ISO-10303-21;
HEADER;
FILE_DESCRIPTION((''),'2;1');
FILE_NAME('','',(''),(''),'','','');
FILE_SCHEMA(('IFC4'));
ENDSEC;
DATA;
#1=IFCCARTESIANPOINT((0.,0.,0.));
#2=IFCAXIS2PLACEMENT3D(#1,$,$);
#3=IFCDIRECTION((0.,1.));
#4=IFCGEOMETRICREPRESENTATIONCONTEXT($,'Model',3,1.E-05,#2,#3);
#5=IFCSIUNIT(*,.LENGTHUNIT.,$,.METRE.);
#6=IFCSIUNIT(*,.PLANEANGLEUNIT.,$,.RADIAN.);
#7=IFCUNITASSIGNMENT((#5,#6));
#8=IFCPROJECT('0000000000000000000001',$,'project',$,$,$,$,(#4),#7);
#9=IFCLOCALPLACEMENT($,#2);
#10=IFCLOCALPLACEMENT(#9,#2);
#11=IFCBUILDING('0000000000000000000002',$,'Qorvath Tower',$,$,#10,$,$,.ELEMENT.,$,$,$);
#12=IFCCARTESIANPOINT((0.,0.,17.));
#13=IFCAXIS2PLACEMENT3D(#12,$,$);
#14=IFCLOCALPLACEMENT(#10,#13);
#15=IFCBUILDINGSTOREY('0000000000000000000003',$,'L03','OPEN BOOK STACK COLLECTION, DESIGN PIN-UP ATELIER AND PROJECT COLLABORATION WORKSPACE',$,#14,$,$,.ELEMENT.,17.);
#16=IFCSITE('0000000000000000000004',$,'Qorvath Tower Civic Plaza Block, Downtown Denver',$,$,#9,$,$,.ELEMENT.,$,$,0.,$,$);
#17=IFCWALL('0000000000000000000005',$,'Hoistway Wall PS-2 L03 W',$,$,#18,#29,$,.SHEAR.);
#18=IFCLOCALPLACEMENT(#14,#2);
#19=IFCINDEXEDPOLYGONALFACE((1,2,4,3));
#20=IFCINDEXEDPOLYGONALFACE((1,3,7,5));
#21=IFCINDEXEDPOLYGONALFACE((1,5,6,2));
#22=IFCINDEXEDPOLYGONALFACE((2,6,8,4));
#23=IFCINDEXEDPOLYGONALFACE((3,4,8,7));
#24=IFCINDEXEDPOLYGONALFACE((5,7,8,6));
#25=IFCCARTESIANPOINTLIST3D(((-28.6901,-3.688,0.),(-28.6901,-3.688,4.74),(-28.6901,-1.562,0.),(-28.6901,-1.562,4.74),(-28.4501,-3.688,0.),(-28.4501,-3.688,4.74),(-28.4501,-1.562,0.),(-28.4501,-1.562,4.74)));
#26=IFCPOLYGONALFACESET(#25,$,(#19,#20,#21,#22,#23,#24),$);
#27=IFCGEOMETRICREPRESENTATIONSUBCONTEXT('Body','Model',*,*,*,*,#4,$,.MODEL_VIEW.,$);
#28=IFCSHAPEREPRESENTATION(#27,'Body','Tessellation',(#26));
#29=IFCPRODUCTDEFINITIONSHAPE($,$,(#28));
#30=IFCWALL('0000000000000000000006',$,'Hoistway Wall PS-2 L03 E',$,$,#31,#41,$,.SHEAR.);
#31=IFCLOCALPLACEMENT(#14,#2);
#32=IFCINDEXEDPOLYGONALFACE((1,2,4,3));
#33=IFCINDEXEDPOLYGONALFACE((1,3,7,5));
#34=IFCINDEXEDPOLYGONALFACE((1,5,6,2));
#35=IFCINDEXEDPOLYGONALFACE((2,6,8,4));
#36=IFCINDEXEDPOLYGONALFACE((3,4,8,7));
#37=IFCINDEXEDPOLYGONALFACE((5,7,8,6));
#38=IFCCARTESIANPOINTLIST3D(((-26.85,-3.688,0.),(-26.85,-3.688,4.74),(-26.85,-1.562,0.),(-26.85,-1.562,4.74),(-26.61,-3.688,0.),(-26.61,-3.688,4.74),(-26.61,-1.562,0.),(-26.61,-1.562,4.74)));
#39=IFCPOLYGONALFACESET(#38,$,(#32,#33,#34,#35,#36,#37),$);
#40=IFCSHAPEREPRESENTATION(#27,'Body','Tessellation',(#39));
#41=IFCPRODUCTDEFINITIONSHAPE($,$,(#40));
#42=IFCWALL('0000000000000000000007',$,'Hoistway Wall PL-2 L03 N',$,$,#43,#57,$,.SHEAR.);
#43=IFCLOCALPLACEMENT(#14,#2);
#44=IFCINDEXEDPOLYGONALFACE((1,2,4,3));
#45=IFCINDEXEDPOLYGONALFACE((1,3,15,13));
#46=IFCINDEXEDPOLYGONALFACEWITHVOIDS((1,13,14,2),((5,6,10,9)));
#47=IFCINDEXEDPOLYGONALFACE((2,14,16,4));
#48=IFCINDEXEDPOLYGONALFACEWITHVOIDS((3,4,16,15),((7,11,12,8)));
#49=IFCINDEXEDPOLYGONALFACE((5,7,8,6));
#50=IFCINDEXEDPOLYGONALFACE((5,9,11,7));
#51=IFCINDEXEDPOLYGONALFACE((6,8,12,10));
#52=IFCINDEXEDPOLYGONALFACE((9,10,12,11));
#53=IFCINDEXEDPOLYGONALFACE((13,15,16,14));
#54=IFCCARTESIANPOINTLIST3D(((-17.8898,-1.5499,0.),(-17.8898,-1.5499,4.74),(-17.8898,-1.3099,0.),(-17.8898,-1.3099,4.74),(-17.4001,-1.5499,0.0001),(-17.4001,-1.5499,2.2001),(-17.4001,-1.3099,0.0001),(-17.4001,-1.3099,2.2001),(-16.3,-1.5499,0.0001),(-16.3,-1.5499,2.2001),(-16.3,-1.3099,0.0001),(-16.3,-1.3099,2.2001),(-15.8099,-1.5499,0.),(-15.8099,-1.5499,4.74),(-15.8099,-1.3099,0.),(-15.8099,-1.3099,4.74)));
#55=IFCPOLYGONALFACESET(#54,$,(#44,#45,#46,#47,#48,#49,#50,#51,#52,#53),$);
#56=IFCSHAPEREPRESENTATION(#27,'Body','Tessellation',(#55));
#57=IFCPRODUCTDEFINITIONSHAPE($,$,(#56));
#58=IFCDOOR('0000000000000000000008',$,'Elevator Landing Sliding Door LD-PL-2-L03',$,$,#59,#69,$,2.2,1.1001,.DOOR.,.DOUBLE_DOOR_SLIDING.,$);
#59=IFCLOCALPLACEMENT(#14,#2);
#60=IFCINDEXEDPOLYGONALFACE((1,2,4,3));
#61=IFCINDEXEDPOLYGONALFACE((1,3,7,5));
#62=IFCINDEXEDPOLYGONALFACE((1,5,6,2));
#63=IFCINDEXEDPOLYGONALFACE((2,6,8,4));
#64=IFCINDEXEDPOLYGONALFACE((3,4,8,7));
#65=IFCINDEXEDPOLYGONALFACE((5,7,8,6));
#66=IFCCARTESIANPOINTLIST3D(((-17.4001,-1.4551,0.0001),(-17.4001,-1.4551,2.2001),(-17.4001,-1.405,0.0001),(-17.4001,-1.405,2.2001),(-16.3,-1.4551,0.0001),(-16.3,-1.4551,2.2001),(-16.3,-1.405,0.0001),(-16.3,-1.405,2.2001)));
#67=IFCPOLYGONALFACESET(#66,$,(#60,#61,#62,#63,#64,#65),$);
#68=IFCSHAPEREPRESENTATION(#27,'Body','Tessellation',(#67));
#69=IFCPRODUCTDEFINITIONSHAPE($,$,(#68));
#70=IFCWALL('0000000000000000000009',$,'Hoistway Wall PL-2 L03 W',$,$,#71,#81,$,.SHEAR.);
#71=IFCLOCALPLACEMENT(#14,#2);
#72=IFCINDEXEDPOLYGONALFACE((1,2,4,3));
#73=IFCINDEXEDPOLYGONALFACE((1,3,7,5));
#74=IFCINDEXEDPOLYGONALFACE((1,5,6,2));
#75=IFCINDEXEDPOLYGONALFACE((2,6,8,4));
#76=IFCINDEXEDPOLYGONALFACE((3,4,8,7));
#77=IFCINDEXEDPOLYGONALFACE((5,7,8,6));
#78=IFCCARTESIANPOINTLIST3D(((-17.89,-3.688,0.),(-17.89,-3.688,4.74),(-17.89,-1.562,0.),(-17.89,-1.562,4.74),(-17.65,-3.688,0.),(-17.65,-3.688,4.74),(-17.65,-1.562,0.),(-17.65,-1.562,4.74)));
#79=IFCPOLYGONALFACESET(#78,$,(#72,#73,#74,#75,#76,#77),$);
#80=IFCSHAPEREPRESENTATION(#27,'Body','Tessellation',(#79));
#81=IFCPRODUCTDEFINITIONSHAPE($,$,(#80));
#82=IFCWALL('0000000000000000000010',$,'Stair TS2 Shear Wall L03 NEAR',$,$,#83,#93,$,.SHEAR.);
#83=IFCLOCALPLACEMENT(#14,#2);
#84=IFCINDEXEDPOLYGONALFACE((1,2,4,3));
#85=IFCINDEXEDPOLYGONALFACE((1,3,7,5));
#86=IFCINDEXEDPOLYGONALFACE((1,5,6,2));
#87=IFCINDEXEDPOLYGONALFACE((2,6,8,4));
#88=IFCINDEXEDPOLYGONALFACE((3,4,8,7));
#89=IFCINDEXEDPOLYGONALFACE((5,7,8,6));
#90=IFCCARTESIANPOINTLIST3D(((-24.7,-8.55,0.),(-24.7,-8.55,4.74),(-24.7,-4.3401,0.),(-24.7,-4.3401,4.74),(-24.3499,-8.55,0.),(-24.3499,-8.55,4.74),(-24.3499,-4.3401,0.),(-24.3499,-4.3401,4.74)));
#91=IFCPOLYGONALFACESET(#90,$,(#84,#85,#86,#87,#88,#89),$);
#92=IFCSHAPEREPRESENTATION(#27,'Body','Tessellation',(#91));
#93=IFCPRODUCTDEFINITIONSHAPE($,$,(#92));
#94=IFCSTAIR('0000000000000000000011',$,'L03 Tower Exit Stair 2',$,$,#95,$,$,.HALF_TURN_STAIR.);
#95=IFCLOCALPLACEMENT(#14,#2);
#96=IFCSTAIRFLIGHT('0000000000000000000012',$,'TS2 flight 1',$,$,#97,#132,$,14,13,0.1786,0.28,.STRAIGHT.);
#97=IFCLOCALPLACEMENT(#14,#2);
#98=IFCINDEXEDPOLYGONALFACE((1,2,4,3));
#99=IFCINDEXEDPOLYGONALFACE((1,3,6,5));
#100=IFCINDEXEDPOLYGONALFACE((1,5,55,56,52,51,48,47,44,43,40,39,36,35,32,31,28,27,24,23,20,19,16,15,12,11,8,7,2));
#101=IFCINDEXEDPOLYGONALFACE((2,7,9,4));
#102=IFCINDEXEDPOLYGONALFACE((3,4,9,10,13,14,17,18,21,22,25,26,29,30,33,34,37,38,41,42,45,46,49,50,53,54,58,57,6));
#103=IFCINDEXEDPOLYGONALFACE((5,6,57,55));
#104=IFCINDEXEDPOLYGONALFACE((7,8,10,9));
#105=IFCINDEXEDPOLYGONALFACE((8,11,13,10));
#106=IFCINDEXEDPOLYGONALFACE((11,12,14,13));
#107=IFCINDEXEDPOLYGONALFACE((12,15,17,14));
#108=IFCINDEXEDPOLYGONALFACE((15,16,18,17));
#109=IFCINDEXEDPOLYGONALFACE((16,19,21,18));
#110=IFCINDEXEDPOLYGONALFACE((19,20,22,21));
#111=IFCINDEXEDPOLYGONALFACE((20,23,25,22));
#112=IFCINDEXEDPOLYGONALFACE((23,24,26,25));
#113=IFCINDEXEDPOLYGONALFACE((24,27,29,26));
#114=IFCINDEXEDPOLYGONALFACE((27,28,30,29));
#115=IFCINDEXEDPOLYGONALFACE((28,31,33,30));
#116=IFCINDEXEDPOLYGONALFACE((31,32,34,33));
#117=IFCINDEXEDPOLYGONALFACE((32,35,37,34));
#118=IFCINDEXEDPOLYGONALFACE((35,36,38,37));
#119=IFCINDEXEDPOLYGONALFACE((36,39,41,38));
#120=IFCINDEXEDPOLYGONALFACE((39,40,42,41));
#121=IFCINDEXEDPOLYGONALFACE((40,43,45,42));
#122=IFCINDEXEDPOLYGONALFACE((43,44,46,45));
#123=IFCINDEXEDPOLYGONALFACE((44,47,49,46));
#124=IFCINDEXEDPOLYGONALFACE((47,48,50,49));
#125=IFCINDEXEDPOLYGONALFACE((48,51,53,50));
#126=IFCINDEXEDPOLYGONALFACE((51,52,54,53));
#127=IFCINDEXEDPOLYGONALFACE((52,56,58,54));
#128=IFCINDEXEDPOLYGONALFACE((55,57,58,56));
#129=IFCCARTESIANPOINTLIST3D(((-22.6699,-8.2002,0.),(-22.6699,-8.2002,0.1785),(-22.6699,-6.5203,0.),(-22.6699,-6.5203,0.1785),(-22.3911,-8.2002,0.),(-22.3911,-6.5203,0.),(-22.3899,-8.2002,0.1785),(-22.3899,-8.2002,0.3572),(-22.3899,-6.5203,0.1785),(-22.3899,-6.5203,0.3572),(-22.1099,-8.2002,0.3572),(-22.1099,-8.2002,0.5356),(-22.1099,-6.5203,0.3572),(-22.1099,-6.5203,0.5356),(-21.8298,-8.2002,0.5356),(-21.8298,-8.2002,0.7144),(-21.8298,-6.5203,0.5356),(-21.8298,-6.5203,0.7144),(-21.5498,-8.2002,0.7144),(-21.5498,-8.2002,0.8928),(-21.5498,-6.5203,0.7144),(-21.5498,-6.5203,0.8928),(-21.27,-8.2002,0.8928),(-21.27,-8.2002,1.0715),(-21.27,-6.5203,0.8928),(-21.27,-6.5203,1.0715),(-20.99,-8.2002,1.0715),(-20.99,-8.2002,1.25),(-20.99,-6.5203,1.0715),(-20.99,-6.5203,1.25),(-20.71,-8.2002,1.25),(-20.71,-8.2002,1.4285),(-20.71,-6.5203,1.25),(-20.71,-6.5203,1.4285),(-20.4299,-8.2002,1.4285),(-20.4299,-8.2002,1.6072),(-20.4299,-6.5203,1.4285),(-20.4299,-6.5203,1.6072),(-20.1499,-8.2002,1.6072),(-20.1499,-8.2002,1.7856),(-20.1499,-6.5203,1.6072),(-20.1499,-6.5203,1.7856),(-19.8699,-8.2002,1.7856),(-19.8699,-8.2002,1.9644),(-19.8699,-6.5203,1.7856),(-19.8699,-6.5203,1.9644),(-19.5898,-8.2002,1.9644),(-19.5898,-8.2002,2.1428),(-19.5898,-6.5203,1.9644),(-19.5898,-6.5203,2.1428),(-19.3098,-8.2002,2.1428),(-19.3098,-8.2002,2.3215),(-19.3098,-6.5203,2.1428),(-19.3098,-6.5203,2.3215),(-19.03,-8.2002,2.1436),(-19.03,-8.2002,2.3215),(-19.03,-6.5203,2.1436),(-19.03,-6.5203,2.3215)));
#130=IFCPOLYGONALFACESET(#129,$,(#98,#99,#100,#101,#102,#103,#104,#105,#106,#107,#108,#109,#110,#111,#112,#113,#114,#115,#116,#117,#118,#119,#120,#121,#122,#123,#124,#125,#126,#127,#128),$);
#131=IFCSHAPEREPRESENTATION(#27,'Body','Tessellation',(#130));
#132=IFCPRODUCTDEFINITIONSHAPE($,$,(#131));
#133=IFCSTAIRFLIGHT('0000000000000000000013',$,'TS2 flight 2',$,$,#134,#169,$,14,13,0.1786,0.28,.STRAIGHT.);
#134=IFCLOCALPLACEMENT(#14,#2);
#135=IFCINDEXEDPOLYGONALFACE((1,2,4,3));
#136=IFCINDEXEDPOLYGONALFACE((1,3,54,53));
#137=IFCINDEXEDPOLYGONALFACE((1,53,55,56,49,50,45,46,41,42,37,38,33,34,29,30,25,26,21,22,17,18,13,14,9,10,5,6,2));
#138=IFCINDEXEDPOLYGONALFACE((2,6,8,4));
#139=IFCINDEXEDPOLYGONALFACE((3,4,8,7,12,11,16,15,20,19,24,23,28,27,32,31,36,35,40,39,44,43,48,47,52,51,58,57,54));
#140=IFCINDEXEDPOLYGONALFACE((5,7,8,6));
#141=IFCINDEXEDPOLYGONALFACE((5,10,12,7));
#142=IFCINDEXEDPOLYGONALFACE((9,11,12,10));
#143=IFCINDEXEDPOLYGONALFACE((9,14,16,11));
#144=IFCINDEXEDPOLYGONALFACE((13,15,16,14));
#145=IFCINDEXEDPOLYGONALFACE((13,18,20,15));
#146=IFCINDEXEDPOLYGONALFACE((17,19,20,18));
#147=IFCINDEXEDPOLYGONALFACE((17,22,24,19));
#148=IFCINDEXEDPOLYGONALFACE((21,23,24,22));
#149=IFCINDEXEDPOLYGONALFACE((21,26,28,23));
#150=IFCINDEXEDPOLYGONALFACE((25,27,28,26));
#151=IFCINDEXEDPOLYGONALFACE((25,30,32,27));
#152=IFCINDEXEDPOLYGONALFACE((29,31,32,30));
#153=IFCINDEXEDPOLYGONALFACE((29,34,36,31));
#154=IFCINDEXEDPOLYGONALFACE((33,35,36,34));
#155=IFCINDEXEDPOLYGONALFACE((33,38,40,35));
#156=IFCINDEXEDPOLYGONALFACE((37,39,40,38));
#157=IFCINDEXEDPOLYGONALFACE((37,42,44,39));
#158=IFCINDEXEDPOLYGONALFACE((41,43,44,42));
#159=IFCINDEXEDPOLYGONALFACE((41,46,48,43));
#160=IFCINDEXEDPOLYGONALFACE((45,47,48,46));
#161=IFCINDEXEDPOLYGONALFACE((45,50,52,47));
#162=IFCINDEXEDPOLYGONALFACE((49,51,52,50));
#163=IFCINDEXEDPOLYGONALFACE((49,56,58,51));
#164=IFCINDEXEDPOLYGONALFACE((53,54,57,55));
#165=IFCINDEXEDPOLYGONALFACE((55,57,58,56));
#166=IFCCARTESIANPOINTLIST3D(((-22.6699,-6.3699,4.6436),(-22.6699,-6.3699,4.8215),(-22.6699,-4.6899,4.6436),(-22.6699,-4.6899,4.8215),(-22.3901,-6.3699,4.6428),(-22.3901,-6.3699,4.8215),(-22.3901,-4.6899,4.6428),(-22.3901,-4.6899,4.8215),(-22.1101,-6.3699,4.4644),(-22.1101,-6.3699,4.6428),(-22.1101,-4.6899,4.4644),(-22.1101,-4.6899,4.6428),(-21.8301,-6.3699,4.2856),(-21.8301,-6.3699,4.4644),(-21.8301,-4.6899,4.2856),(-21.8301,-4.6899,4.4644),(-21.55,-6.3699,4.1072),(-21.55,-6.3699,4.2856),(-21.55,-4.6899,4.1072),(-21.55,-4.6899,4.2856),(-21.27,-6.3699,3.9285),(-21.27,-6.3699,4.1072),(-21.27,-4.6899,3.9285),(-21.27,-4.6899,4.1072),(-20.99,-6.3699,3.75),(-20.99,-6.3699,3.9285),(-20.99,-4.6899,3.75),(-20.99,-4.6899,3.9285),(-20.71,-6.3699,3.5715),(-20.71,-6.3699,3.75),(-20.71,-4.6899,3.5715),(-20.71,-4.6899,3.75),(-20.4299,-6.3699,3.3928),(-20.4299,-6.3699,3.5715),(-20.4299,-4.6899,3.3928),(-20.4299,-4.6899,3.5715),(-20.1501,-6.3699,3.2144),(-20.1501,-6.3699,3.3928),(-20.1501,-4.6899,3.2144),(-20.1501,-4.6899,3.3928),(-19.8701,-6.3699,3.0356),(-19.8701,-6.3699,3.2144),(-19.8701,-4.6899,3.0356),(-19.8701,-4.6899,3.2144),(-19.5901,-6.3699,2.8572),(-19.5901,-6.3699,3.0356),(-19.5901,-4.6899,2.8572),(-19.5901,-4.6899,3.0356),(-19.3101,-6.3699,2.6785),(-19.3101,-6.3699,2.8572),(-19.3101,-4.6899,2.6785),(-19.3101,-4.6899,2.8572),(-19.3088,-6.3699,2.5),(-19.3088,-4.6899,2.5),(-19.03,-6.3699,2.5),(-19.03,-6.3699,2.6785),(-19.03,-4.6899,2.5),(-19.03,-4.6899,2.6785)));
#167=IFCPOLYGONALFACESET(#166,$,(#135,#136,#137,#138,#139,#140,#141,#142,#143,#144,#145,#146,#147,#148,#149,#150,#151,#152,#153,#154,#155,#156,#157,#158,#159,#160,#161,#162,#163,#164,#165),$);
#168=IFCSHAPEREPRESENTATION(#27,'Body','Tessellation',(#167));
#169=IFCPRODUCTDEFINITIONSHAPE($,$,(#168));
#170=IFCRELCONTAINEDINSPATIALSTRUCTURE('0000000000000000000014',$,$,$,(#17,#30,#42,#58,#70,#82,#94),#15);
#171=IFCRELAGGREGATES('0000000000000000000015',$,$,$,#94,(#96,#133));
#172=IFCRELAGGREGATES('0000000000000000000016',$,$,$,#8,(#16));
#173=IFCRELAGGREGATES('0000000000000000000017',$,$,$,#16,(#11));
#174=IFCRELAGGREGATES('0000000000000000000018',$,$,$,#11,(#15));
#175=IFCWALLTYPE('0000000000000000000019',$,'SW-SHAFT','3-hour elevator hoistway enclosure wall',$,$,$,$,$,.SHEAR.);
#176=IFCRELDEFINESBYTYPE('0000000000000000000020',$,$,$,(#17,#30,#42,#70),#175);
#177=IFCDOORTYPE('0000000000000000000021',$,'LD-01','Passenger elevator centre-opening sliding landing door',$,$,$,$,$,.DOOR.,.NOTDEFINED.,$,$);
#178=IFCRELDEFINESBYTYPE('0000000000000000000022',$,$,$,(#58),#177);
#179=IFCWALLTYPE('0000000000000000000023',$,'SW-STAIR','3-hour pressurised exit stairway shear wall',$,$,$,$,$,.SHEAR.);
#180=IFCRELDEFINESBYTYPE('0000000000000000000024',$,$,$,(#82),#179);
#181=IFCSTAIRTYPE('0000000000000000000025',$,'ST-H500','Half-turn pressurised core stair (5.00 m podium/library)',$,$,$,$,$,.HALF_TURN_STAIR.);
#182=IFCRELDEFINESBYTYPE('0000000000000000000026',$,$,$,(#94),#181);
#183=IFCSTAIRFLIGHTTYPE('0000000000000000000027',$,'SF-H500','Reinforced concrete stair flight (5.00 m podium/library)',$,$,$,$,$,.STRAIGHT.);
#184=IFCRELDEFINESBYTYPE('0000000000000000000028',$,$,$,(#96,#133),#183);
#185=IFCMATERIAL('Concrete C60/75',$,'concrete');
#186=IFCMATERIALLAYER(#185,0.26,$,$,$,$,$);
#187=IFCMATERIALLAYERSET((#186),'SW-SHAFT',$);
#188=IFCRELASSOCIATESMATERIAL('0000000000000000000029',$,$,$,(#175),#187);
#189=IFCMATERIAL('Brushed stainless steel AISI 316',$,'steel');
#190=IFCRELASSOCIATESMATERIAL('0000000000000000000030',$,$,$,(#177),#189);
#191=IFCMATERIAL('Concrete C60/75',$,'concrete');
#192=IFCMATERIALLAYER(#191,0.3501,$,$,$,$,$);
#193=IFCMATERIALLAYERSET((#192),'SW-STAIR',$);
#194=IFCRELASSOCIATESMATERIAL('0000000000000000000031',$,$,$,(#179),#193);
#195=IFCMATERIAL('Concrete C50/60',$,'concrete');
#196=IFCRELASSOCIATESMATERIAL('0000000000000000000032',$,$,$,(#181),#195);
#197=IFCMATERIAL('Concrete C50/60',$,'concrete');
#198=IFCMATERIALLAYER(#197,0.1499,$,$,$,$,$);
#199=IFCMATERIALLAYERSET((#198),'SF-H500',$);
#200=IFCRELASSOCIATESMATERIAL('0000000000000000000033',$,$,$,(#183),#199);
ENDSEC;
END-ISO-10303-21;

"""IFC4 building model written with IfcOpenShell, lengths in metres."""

from ifc_helpers import new_model, si_unit, direction, frame, frame_2d, origin, place, context, subcontext, project, spatial, polyline, rectangle, outline, extrude, material, layer, layer_set, type_object, element, fill, aggregate, save


model = new_model("IFC4")

# Units and contexts
model_context = context("Model", 3, precision=1e-05, world=origin(), true_north=direction((0.0, 1.0)))
body_context = subcontext(model_context, "Body", "Model", "MODEL_VIEW")
ifc_project = project(units=[si_unit("LENGTHUNIT", "METRE"), si_unit("PLANEANGLEUNIT", "RADIAN")], contexts=[model_context])

# Site, building, storey
site_placement = place(None, origin())
site = spatial("IfcSite", under=ifc_project, at=site_placement, Name="Qorvath Tower Civic Plaza Block, Downtown Denver", CompositionType="ELEMENT", RefElevation=0.0)
building_placement = place(site_placement, origin())
building = spatial("IfcBuilding", under=site, at=building_placement, Name="Qorvath Tower", CompositionType="ELEMENT")
storey_placement = place(building_placement, frame((0.0, 0.0, 17.0)))
storey = spatial("IfcBuildingStorey", under=building, at=storey_placement, Name="L03", Description="OPEN BOOK STACK COLLECTION, DESIGN PIN-UP ATELIER AND PROJECT COLLABORATION WORKSPACE", CompositionType="ELEMENT", Elevation=17.0)

# Shared definitions
ifc_material_1 = material(Name="Concrete C60/75", Category="concrete")
ifc_layer_1 = layer(ifc_material_1, 0.26)
ifc_layer_set_1 = layer_set([ifc_layer_1], Name="SW-SHAFT")
wall_type_1 = type_object("IfcWallType", Name="SW-SHAFT", Description="3-hour elevator hoistway enclosure wall", PredefinedType="SHEAR", material=ifc_layer_set_1)

# Walls
for number, where, z_axis, x_axis, name in (
    (1, (-28.5701, -3.688, 0.0), (0.0, 0.0, 1.0), (0.0, 1.0, 0.0), "Hoistway Wall PS-2 L03 W"),
    (2, (-26.73, -1.562, 0.0), (0.0, 0.0, 1.0), (0.0, -1.0, 0.0), "Hoistway Wall PS-2 L03 E"),
):
    element("IfcWall", number, at=place(storey_placement, frame(where, z_axis=z_axis, x_axis=x_axis)), inside=storey, type_object=wall_type_1, Name=name, PredefinedType="SHEAR", context=body_context, shape_type="SweptSolid", body=[
        extrude(rectangle(XDim=2.126, YDim=0.24, at=frame_2d((1.063, 0.0))), origin(), (0.0, 0.0, 1.0), 4.74),
    ])

# Wall, opening, door
wall_1_placement = place(storey_placement, frame((-17.8899, -1.4299, 0.0), z_axis=(0.0, 0.0, 1.0), x_axis=(1.0, 0.0, 0.0)))
wall_1 = element("IfcWall", 3, at=wall_1_placement, inside=storey, type_object=wall_type_1, Name="Hoistway Wall PL-2 L03 N", PredefinedType="SHEAR", context=body_context, shape_type="SweptSolid", body=[
    extrude(rectangle(XDim=2.0798, YDim=0.24, at=frame_2d((1.04, 0.0))), origin(), (0.0, 0.0, 1.0), 4.74),
])
opening_1_placement = place(wall_1_placement, frame((0.4897, 0.0, 0.0)))
opening_1 = element("IfcOpeningElement", 4, at=opening_1_placement, cuts=wall_1, PredefinedType="OPENING", context=body_context, shape_type="SweptSolid", body=[
    extrude(rectangle(XDim=1.1001, YDim=2.2, at=frame_2d((0.55, 1.1001))), frame((0.0, 0.1299, 0.0), z_axis=(0.0, -1.0, 0.0), x_axis=(1.0, 0.0, 0.0)), (0.0, 0.0, 1.0), 0.26),
])
ifc_material_2 = material(Name="Brushed stainless steel AISI 316", Category="steel")
door_type_1 = type_object("IfcDoorType", Name="LD-01", Description="Passenger elevator centre-opening sliding landing door", OperationType="NOTDEFINED", PredefinedType="DOOR", material=ifc_material_2)
door_1_placement = place(opening_1_placement, origin())
door_1 = element("IfcDoor", 5, at=door_1_placement, inside=storey, type_object=door_type_1, Name="Elevator Landing Sliding Door LD-PL-2-L03", OperationType="DOUBLE_DOOR_SLIDING", OverallHeight=2.2, OverallWidth=1.1001, PredefinedType="DOOR", context=body_context, shape_type="SweptSolid", body=[
    extrude(rectangle(XDim=1.1001, YDim=2.2, at=frame_2d((0.55, 1.1001))), frame((0.0, 0.0249, 0.0), z_axis=(0.0, -1.0, 0.0), x_axis=(1.0, 0.0, 0.0)), (0.0, 0.0, 1.0), 0.05),
])
fill(opening_1, door_1)

# Walls
wall_2_placement = place(storey_placement, frame((-17.77, -3.688, 0.0), z_axis=(0.0, 0.0, 1.0), x_axis=(0.0, 1.0, 0.0)))
element("IfcWall", 6, at=wall_2_placement, inside=storey, type_object=wall_type_1, Name="Hoistway Wall PL-2 L03 W", PredefinedType="SHEAR", context=body_context, shape_type="SweptSolid", body=[
    extrude(rectangle(XDim=2.126, YDim=0.24, at=frame_2d((1.063, 0.0))), origin(), (0.0, 0.0, 1.0), 4.74),
])
ifc_material_3 = material(Name="Concrete C60/75", Category="concrete")
ifc_layer_2 = layer(ifc_material_3, 0.3501)
ifc_layer_set_2 = layer_set([ifc_layer_2], Name="SW-STAIR")
wall_type_2 = type_object("IfcWallType", Name="SW-STAIR", Description="3-hour pressurised exit stairway shear wall", PredefinedType="SHEAR", material=ifc_layer_set_2)
wall_3_placement = place(storey_placement, frame((-24.5249, -4.3401, 0.0), z_axis=(0.0, 0.0, 1.0), x_axis=(0.0, -1.0, 0.0)))
element("IfcWall", 7, at=wall_3_placement, inside=storey, type_object=wall_type_2, Name="Stair TS2 Shear Wall L03 NEAR", PredefinedType="SHEAR", context=body_context, shape_type="SweptSolid", body=[
    extrude(rectangle(XDim=4.21, YDim=0.3501, at=frame_2d((2.105, 0.0))), origin(), (0.0, 0.0, 1.0), 4.74),
])

# Stair, stair flights
ifc_material_4 = material(Name="Concrete C50/60", Category="concrete")
stair_type = type_object("IfcStairType", Name="ST-H500", Description="Half-turn pressurised core stair (5.00 m podium/library)", PredefinedType="HALF_TURN_STAIR", material=ifc_material_4)
stair_placement = place(storey_placement, origin())
stair = element("IfcStair", 8, at=stair_placement, inside=storey, type_object=stair_type, Name="L03 Tower Exit Stair 2", PredefinedType="HALF_TURN_STAIR")
ifc_material_5 = material(Name="Concrete C50/60", Category="concrete")
ifc_layer_3 = layer(ifc_material_5, 0.1499)
ifc_layer_set_3 = layer_set([ifc_layer_3], Name="SF-H500")
stair_flight_type = type_object("IfcStairFlightType", Name="SF-H500", Description="Reinforced concrete stair flight (5.00 m podium/library)", PredefinedType="STRAIGHT", material=ifc_layer_set_3)
stair_flight_1_placement = place(storey_placement, frame((-22.6699, -7.3601, 0.0), z_axis=(0.0, 0.0, 1.0), x_axis=(1.0, 0.0, 0.0)))
stair_flight_1 = element("IfcStairFlight", 9, at=stair_flight_1_placement, type_object=stair_flight_type, Name="TS2 flight 1", NumberOfRisers=14, NumberOfTreads=13, PredefinedType="STRAIGHT", RiserHeight=0.1786, TreadLength=0.28, context=body_context, shape_type="SweptSolid", body=[
    extrude(outline(polyline([(0.0, 0.0), (0.0, 0.1785), (0.28, 0.1785), (0.28, 0.3572), (0.5601, 0.3572), (0.5601, 0.5356), (0.8401, 0.5356), (0.8401, 0.7144), (1.1201, 0.7144), (1.1201, 0.8928), (1.3999, 0.8928), (1.3999, 1.0715), (1.6799, 1.0715), (1.6799, 1.25), (1.96, 1.25), (1.96, 1.4285), (2.24, 1.4285), (2.24, 1.6072), (2.52, 1.6072), (2.52, 1.7856), (2.8, 1.7856), (2.8, 1.9644), (3.0801, 1.9644), (3.0801, 2.1428), (3.3601, 2.1428), (3.3601, 2.3215), (3.6399, 2.3215), (3.6399, 2.5), (3.6399, 2.1436), (0.2788, 0.0), (0.0, 0.0)])), frame((0.0, 0.8398, 0.0), z_axis=(0.0, -1.0, 0.0), x_axis=(1.0, 0.0, 0.0)), (0.0, 0.0, 1.0), 1.6799),
])
stair_flight_2_placement = place(storey_placement, frame((-19.03, -5.53, 2.5), z_axis=(0.0, 0.0, 1.0), x_axis=(-1.0, 0.0, 0.0)))
stair_flight_2 = element("IfcStairFlight", 10, at=stair_flight_2_placement, type_object=stair_flight_type, Name="TS2 flight 2", NumberOfRisers=14, NumberOfTreads=13, PredefinedType="STRAIGHT", RiserHeight=0.1786, TreadLength=0.28, context=body_context, shape_type="SweptSolid", body=[
    extrude(outline(polyline([(0.0, 0.0), (0.0, 0.1785), (0.28, 0.1785), (0.28, 0.3572), (0.5601, 0.3572), (0.5601, 0.5356), (0.8401, 0.5356), (0.8401, 0.7144), (1.1201, 0.7144), (1.1201, 0.8928), (1.3999, 0.8928), (1.3999, 1.0715), (1.6799, 1.0715), (1.6799, 1.25), (1.96, 1.25), (1.96, 1.4285), (2.24, 1.4285), (2.24, 1.6072), (2.52, 1.6072), (2.52, 1.7856), (2.8, 1.7856), (2.8, 1.9644), (3.0801, 1.9644), (3.0801, 2.1428), (3.3601, 2.1428), (3.3601, 2.3215), (3.6399, 2.3215), (3.6399, 2.5), (3.6399, 2.1436), (0.2788, 0.0), (0.0, 0.0)])), frame((0.0, 0.8398, 0.0), z_axis=(0.0, -1.0, 0.0), x_axis=(1.0, 0.0, 0.0)), (0.0, 0.0, 1.0), 1.6799),
])
aggregate(stair, [stair_flight_1, stair_flight_2])

save(model, "model.ifc")
